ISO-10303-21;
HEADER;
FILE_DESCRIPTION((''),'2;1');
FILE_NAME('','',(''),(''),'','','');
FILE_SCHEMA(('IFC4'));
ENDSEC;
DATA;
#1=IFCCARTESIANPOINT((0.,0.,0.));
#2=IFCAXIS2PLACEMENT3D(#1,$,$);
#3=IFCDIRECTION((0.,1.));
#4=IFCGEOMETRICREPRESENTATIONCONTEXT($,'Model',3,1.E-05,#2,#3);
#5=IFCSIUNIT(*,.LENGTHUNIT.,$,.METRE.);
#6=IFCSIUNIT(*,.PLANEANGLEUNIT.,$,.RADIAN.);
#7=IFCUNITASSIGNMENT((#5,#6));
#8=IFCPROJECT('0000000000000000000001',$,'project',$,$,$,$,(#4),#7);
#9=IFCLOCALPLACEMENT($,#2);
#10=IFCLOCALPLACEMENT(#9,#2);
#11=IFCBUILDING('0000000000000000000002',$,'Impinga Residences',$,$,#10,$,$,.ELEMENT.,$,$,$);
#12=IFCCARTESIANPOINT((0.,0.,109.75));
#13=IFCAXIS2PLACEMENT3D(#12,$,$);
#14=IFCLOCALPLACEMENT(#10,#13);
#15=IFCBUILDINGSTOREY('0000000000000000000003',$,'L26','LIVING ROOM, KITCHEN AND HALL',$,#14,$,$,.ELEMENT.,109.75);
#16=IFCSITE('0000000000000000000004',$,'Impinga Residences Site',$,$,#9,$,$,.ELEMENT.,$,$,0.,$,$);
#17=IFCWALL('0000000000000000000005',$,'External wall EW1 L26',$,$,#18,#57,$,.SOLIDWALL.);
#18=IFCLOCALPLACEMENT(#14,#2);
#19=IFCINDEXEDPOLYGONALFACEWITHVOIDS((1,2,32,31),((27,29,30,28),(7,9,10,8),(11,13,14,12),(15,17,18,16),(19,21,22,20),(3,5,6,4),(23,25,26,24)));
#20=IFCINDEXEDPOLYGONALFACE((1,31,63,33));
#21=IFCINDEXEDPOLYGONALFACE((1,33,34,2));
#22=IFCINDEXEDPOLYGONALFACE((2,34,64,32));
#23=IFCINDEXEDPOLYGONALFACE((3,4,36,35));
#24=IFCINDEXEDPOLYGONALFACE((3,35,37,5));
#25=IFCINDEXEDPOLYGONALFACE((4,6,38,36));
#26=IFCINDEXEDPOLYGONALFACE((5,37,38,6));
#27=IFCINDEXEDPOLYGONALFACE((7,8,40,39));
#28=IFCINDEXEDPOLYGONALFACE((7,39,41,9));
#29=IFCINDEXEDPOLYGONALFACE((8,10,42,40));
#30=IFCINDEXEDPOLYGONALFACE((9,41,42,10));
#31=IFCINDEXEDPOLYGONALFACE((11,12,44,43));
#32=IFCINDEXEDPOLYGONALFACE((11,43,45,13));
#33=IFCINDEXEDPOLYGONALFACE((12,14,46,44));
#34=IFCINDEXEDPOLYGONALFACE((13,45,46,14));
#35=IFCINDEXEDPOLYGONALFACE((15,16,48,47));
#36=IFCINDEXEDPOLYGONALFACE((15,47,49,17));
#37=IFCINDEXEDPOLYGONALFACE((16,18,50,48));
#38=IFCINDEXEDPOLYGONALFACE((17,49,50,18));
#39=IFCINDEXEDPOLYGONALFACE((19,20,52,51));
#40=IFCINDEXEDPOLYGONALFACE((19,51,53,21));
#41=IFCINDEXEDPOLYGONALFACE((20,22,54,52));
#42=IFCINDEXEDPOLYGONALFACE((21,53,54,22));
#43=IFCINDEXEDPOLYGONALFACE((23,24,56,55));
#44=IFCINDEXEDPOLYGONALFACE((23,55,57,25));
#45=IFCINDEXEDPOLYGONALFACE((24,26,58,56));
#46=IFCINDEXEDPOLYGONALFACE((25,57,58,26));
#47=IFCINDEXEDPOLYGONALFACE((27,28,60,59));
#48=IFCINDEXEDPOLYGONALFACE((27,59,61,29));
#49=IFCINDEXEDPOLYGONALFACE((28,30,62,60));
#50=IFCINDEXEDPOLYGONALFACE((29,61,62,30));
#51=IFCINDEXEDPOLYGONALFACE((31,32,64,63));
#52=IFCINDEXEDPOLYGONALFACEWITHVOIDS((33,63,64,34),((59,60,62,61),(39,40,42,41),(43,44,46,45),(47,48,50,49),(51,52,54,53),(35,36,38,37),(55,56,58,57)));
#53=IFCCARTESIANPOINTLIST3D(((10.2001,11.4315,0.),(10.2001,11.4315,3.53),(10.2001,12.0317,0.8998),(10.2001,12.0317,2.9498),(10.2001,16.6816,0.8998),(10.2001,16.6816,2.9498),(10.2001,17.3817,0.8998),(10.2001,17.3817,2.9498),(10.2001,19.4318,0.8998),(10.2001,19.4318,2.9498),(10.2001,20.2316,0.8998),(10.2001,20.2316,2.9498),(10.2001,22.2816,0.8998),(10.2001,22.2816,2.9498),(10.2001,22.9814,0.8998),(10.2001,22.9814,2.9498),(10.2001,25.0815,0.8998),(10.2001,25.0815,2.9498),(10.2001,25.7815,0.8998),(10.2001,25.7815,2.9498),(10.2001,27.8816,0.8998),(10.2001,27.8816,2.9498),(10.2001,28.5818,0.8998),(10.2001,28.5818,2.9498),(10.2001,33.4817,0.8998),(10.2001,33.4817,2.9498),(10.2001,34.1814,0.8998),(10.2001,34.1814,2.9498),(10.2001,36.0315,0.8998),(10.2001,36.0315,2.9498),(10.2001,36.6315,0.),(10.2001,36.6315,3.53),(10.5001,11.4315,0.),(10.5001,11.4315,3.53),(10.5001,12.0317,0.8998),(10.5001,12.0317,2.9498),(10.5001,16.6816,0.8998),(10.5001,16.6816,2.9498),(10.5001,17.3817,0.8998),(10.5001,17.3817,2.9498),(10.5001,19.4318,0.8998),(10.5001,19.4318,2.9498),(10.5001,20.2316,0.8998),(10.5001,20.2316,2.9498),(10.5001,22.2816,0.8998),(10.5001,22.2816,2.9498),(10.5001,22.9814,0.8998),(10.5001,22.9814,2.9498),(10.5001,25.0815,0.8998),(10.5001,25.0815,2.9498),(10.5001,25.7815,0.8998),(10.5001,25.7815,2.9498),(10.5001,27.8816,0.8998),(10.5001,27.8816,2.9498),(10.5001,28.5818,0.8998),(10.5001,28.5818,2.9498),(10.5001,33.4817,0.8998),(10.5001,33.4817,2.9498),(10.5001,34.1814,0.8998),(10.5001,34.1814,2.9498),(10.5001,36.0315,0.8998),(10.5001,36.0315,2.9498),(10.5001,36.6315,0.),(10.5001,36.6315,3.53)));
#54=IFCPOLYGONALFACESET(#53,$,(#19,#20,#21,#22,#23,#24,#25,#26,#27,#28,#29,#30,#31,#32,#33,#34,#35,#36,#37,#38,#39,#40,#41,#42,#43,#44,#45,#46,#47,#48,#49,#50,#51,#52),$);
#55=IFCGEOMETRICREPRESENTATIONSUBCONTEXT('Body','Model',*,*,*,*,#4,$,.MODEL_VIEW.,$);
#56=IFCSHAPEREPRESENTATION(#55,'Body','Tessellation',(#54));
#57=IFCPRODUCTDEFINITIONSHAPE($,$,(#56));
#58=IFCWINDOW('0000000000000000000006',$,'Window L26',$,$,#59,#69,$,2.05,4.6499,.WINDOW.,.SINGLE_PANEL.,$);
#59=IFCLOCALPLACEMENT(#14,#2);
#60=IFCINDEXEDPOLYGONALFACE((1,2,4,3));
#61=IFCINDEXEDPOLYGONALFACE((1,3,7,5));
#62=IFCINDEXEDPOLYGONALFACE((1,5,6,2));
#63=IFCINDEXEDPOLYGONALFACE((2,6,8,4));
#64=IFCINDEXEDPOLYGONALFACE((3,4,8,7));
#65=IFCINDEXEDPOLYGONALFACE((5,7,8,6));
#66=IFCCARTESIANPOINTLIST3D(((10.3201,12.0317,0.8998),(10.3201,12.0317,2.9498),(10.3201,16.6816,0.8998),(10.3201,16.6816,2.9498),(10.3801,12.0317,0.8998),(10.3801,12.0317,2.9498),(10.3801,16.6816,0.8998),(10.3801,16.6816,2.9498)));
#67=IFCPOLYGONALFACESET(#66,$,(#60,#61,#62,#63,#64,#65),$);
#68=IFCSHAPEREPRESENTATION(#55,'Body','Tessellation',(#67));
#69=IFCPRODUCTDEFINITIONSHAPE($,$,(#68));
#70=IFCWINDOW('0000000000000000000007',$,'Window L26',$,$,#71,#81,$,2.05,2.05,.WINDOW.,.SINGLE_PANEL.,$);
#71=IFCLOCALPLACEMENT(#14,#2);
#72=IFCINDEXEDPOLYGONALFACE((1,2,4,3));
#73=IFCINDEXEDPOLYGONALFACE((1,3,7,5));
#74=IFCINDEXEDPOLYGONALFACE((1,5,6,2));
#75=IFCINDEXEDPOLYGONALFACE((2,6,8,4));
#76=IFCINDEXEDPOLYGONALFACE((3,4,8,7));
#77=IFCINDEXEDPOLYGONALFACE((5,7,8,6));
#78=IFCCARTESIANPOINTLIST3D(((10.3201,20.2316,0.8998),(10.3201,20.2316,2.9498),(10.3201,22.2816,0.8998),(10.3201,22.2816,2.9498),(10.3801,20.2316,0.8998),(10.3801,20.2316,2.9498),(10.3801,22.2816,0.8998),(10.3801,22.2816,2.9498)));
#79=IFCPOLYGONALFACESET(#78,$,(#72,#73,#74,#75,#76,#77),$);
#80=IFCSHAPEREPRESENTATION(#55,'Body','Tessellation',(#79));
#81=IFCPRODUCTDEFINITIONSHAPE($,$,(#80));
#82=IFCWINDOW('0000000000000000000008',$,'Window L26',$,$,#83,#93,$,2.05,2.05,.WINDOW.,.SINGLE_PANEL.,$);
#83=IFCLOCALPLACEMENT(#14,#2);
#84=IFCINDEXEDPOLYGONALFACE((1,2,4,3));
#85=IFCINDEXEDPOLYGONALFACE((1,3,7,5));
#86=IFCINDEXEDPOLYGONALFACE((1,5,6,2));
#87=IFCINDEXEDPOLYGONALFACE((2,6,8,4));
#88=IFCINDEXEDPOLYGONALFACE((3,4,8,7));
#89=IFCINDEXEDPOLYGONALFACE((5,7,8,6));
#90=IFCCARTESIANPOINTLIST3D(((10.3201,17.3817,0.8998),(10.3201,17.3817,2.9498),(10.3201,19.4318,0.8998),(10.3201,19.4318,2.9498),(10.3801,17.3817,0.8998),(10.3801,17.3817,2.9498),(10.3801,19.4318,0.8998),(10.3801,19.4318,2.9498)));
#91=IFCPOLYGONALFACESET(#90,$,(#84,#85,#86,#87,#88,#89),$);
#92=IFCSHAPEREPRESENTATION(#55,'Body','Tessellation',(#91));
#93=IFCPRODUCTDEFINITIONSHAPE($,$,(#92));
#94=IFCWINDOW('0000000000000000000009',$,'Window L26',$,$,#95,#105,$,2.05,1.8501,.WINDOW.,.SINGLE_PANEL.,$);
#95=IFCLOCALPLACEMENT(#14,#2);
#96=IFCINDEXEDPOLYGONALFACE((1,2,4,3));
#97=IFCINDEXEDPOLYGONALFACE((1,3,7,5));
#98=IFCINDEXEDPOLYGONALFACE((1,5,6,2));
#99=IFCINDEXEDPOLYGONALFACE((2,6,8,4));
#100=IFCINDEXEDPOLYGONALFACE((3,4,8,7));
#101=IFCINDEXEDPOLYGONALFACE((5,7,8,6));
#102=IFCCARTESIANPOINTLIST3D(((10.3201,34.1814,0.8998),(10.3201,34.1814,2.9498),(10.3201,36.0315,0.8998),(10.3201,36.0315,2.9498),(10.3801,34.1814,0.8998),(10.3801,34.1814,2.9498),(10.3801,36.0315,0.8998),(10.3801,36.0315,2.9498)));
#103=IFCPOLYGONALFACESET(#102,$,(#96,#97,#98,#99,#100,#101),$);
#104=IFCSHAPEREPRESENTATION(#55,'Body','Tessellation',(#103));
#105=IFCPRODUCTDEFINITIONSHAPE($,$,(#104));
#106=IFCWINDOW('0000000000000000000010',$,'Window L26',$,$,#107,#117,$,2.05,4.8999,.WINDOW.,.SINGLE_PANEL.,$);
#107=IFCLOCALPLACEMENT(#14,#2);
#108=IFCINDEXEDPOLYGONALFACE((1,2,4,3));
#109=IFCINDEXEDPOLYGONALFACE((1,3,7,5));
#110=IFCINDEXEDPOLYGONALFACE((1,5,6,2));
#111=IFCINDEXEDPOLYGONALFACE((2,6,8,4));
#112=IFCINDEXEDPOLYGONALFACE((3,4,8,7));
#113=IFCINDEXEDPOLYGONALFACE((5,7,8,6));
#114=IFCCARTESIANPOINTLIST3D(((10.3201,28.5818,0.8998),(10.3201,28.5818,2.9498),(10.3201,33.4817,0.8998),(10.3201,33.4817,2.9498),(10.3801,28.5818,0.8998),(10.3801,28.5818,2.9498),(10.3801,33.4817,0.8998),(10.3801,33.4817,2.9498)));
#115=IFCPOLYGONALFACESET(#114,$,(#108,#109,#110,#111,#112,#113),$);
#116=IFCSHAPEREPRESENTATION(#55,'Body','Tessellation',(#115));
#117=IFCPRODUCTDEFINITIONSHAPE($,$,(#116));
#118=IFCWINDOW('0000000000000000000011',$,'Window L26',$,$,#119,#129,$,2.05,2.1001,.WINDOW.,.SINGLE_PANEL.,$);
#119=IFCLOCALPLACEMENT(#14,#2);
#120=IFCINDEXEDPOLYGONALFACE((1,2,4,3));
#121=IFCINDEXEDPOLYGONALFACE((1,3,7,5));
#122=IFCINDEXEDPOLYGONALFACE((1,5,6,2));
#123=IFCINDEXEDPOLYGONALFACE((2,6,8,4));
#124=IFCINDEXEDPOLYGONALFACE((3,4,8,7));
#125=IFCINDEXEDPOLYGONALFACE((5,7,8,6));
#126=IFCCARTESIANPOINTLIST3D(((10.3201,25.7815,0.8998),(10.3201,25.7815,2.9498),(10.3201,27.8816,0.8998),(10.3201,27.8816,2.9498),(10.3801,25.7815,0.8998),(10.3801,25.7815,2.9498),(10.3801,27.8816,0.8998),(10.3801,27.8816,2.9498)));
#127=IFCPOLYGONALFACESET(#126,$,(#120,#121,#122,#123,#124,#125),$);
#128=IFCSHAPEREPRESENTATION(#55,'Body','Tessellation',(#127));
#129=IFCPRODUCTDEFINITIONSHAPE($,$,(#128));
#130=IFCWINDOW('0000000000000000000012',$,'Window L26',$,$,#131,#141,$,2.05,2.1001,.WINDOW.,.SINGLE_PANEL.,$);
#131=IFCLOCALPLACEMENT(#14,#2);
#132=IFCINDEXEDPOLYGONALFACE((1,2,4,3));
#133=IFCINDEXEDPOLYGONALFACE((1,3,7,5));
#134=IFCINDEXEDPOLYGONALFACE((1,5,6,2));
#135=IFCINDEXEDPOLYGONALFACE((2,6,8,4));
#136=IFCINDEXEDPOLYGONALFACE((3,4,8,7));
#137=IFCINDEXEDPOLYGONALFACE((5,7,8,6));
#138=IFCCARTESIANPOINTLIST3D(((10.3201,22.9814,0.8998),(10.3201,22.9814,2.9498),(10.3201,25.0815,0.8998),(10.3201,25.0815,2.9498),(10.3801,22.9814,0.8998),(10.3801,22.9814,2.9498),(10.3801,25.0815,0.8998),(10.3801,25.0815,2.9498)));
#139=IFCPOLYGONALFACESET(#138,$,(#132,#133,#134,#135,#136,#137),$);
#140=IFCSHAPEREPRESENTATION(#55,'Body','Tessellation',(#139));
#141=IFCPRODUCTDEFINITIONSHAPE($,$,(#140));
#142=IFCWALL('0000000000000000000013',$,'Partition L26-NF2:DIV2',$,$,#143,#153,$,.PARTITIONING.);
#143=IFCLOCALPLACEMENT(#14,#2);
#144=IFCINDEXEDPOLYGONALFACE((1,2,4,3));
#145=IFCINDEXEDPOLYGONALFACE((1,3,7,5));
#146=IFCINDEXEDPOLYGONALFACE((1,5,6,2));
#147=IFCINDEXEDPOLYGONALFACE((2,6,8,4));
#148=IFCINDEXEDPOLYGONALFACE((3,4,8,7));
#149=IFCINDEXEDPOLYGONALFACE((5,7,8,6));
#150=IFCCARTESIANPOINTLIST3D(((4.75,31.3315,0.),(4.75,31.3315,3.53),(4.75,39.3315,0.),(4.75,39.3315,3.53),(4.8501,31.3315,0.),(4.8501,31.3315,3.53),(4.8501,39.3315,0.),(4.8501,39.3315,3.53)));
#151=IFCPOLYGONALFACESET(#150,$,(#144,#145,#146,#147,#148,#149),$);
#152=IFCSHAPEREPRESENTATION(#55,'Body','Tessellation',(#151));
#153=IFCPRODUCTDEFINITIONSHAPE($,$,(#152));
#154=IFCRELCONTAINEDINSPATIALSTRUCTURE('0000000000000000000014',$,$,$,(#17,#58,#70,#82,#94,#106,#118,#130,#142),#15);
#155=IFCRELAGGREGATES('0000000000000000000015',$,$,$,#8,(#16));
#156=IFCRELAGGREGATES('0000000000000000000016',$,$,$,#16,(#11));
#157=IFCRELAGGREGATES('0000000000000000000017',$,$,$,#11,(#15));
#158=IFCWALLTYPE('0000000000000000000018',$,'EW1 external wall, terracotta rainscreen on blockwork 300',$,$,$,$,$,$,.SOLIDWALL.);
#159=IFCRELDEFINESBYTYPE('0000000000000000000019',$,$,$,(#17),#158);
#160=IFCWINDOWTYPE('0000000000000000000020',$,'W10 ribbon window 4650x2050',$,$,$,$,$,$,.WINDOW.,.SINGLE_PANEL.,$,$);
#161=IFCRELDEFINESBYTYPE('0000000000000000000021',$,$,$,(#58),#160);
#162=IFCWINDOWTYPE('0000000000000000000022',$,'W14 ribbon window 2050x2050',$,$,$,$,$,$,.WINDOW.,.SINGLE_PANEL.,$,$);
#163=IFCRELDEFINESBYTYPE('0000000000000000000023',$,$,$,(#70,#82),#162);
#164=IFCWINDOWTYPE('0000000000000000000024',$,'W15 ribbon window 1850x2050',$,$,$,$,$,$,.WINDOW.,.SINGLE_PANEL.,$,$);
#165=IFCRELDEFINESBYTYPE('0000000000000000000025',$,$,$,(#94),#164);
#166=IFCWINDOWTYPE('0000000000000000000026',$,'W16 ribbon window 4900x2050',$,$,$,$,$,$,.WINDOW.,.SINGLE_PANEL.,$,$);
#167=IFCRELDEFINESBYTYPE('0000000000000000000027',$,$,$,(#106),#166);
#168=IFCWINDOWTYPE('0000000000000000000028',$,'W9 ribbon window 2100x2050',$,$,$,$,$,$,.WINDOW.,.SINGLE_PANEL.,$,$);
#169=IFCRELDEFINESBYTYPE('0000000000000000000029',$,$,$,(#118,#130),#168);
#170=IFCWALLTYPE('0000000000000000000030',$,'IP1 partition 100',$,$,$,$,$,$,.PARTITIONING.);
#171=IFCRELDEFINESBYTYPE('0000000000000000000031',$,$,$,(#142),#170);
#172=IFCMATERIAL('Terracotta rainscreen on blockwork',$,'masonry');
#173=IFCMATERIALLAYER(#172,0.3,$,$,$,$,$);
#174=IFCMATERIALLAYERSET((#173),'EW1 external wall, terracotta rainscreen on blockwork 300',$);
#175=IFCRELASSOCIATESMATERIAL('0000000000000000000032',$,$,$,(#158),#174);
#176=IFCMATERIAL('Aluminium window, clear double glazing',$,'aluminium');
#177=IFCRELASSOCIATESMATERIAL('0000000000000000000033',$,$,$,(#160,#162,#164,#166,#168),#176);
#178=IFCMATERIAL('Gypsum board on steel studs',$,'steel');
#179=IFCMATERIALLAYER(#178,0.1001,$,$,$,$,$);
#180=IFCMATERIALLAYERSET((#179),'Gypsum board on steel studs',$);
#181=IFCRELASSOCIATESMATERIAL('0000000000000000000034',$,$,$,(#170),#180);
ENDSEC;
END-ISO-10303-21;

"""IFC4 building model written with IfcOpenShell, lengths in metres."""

from ifc_helpers import new_model, si_unit, direction, frame, frame_2d, origin, place, context, subcontext, project, spatial, rectangle, extrude, material, layer, layer_set, type_object, element, fill, save


model = new_model("IFC4")

# Units and contexts
model_context = context("Model", 3, precision=1e-05, world=origin(), true_north=direction((0.0, 1.0)))
body_context = subcontext(model_context, "Body", "Model", "MODEL_VIEW")
ifc_project = project(units=[si_unit("LENGTHUNIT", "METRE"), si_unit("PLANEANGLEUNIT", "RADIAN")], contexts=[model_context])

# Site, building, storey
site_placement = place(None, origin())
site = spatial("IfcSite", under=ifc_project, at=site_placement, Name="Impinga Residences Site", CompositionType="ELEMENT", RefElevation=0.0)
building_placement = place(site_placement, origin())
building = spatial("IfcBuilding", under=site, at=building_placement, Name="Impinga Residences", CompositionType="ELEMENT")
storey_placement = place(building_placement, frame((0.0, 0.0, 109.75)))
storey = spatial("IfcBuildingStorey", under=building, at=storey_placement, Name="L26", Description="LIVING ROOM, KITCHEN AND HALL", CompositionType="ELEMENT", Elevation=109.75)

# Shared definitions
ifc_material_1 = material(Name="Terracotta rainscreen on blockwork", Category="masonry")
ifc_layer_1 = layer(ifc_material_1, 0.3)
ifc_layer_set_1 = layer_set([ifc_layer_1], Name="EW1 external wall, terracotta rainscreen on blockwork 300")
wall_type_1 = type_object("IfcWallType", Name="EW1 external wall, terracotta rainscreen on blockwork 300", PredefinedType="SOLIDWALL", material=ifc_layer_set_1)

# Wall, openings, windows
wall_1_placement = place(storey_placement, frame((10.3501, 36.6316, 0.0), z_axis=(0.0, 0.0, 1.0), x_axis=(0.0, -1.0, 0.0)))
wall_1 = element("IfcWall", 1, at=wall_1_placement, inside=storey, type_object=wall_type_1, Name="External wall EW1 L26", PredefinedType="SOLIDWALL", context=body_context, shape_type="SweptSolid", body=[
    extrude(rectangle(XDim=25.2, YDim=0.3, at=frame_2d((12.6001, 0.0))), origin(), (0.0, 0.0, 1.0), 3.53),
])
opening_1_placement = place(wall_1_placement, frame((0.6001, 0.0, 0.8999)))
opening_1 = element("IfcOpeningElement", 2, at=opening_1_placement, cuts=wall_1, PredefinedType="OPENING", context=body_context, shape_type="SweptSolid", body=[
    extrude(rectangle(XDim=1.8501, YDim=2.05, at=frame_2d((0.925, 1.0249))), frame((0.0, 0.1599, 0.0), z_axis=(0.0, -1.0, 0.0), x_axis=(1.0, 0.0, 0.0)), (0.0, 0.0, 1.0), 0.3201),
])
opening_2_placement = place(wall_1_placement, frame((3.1499, 0.0, 0.8999)))
opening_2 = element("IfcOpeningElement", 3, at=opening_2_placement, cuts=wall_1, PredefinedType="OPENING", context=body_context, shape_type="SweptSolid", body=[
    extrude(rectangle(XDim=4.8999, YDim=2.05, at=frame_2d((2.45, 1.0249))), frame((0.0, 0.1599, 0.0), z_axis=(0.0, -1.0, 0.0), x_axis=(1.0, 0.0, 0.0)), (0.0, 0.0, 1.0), 0.3201),
])
opening_3_placement = place(wall_1_placement, frame((8.75, 0.0, 0.8999)))
opening_3 = element("IfcOpeningElement", 4, at=opening_3_placement, cuts=wall_1, PredefinedType="OPENING", context=body_context, shape_type="SweptSolid", body=[
    extrude(rectangle(XDim=2.1001, YDim=2.05, at=frame_2d((1.05, 1.0249))), frame((0.0, 0.1599, 0.0), z_axis=(0.0, -1.0, 0.0), x_axis=(1.0, 0.0, 0.0)), (0.0, 0.0, 1.0), 0.3201),
])
opening_4_placement = place(wall_1_placement, frame((11.55, 0.0, 0.8999)))
opening_4 = element("IfcOpeningElement", 5, at=opening_4_placement, cuts=wall_1, PredefinedType="OPENING", context=body_context, shape_type="SweptSolid", body=[
    extrude(rectangle(XDim=2.1001, YDim=2.05, at=frame_2d((1.05, 1.0249))), frame((0.0, 0.1599, 0.0), z_axis=(0.0, -1.0, 0.0), x_axis=(1.0, 0.0, 0.0)), (0.0, 0.0, 1.0), 0.3201),
])
opening_5_placement = place(wall_1_placement, frame((14.3501, 0.0, 0.8999)))
opening_5 = element("IfcOpeningElement", 6, at=opening_5_placement, cuts=wall_1, PredefinedType="OPENING", context=body_context, shape_type="SweptSolid", body=[
    extrude(rectangle(XDim=2.05, YDim=2.05, at=frame_2d((1.0249, 1.0249))), frame((0.0, 0.1599, 0.0), z_axis=(0.0, -1.0, 0.0), x_axis=(1.0, 0.0, 0.0)), (0.0, 0.0, 1.0), 0.3201),
])
opening_6_placement = place(wall_1_placement, frame((17.2, 0.0, 0.8999)))
opening_6 = element("IfcOpeningElement", 7, at=opening_6_placement, cuts=wall_1, PredefinedType="OPENING", context=body_context, shape_type="SweptSolid", body=[
    extrude(rectangle(XDim=2.05, YDim=2.05, at=frame_2d((1.0249, 1.0249))), frame((0.0, 0.1599, 0.0), z_axis=(0.0, -1.0, 0.0), x_axis=(1.0, 0.0, 0.0)), (0.0, 0.0, 1.0), 0.3201),
])
opening_7_placement = place(wall_1_placement, frame((19.95, 0.0, 0.8999)))
opening_7 = element("IfcOpeningElement", 8, at=opening_7_placement, cuts=wall_1, PredefinedType="OPENING", context=body_context, shape_type="SweptSolid", body=[
    extrude(rectangle(XDim=4.6499, YDim=2.05, at=frame_2d((2.325, 1.0249))), frame((0.0, 0.1599, 0.0), z_axis=(0.0, -1.0, 0.0), x_axis=(1.0, 0.0, 0.0)), (0.0, 0.0, 1.0), 0.3201),
])
ifc_material_2 = material(Name="Aluminium window, clear double glazing", Category="aluminium")
window_type_1 = type_object("IfcWindowType", Name="W10 ribbon window 4650x2050", PartitioningType="SINGLE_PANEL", PredefinedType="WINDOW", material=ifc_material_2)
window_1_placement = place(opening_7_placement, origin())
window_1 = element("IfcWindow", 9, at=window_1_placement, inside=storey, type_object=window_type_1, Name="Window L26", OverallHeight=2.05, OverallWidth=4.6499, PartitioningType="SINGLE_PANEL", PredefinedType="WINDOW", context=body_context, shape_type="SweptSolid", body=[
    extrude(rectangle(XDim=4.6499, YDim=2.05, at=frame_2d((2.325, 1.0249))), frame((0.0, 0.03, 0.0), z_axis=(0.0, -1.0, 0.0), x_axis=(1.0, 0.0, 0.0)), (0.0, 0.0, 1.0), 0.0601),
])
fill(opening_7, window_1)
window_type_2 = type_object("IfcWindowType", Name="W14 ribbon window 2050x2050", PartitioningType="SINGLE_PANEL", PredefinedType="WINDOW", material=ifc_material_2)
window_2_placement = place(opening_5_placement, origin())
window_2 = element("IfcWindow", 10, at=window_2_placement, inside=storey, type_object=window_type_2, Name="Window L26", OverallHeight=2.05, OverallWidth=2.05, PartitioningType="SINGLE_PANEL", PredefinedType="WINDOW", context=body_context, shape_type="SweptSolid", body=[
    extrude(rectangle(XDim=2.05, YDim=2.05, at=frame_2d((1.0249, 1.0249))), frame((0.0, 0.03, 0.0), z_axis=(0.0, -1.0, 0.0), x_axis=(1.0, 0.0, 0.0)), (0.0, 0.0, 1.0), 0.0601),
])
fill(opening_5, window_2)
window_3_placement = place(opening_6_placement, origin())
window_3 = element("IfcWindow", 11, at=window_3_placement, inside=storey, type_object=window_type_2, Name="Window L26", OverallHeight=2.05, OverallWidth=2.05, PartitioningType="SINGLE_PANEL", PredefinedType="WINDOW", context=body_context, shape_type="SweptSolid", body=[
    extrude(rectangle(XDim=2.05, YDim=2.05, at=frame_2d((1.0249, 1.0249))), frame((0.0, 0.03, 0.0), z_axis=(0.0, -1.0, 0.0), x_axis=(1.0, 0.0, 0.0)), (0.0, 0.0, 1.0), 0.0601),
])
fill(opening_6, window_3)
window_type_3 = type_object("IfcWindowType", Name="W15 ribbon window 1850x2050", PartitioningType="SINGLE_PANEL", PredefinedType="WINDOW", material=ifc_material_2)
window_4_placement = place(opening_1_placement, origin())
window_4 = element("IfcWindow", 12, at=window_4_placement, inside=storey, type_object=window_type_3, Name="Window L26", OverallHeight=2.05, OverallWidth=1.8501, PartitioningType="SINGLE_PANEL", PredefinedType="WINDOW", context=body_context, shape_type="SweptSolid", body=[
    extrude(rectangle(XDim=1.8501, YDim=2.05, at=frame_2d((0.925, 1.0249))), frame((0.0, 0.03, 0.0), z_axis=(0.0, -1.0, 0.0), x_axis=(1.0, 0.0, 0.0)), (0.0, 0.0, 1.0), 0.0601),
])
fill(opening_1, window_4)
window_type_4 = type_object("IfcWindowType", Name="W16 ribbon window 4900x2050", PartitioningType="SINGLE_PANEL", PredefinedType="WINDOW", material=ifc_material_2)
window_5_placement = place(opening_2_placement, origin())
window_5 = element("IfcWindow", 13, at=window_5_placement, inside=storey, type_object=window_type_4, Name="Window L26", OverallHeight=2.05, OverallWidth=4.8999, PartitioningType="SINGLE_PANEL", PredefinedType="WINDOW", context=body_context, shape_type="SweptSolid", body=[
    extrude(rectangle(XDim=4.8999, YDim=2.05, at=frame_2d((2.45, 1.0249))), frame((0.0, 0.03, 0.0), z_axis=(0.0, -1.0, 0.0), x_axis=(1.0, 0.0, 0.0)), (0.0, 0.0, 1.0), 0.0601),
])
fill(opening_2, window_5)
window_type_5 = type_object("IfcWindowType", Name="W9 ribbon window 2100x2050", PartitioningType="SINGLE_PANEL", PredefinedType="WINDOW", material=ifc_material_2)
window_6_placement = place(opening_3_placement, origin())
window_6 = element("IfcWindow", 14, at=window_6_placement, inside=storey, type_object=window_type_5, Name="Window L26", OverallHeight=2.05, OverallWidth=2.1001, PartitioningType="SINGLE_PANEL", PredefinedType="WINDOW", context=body_context, shape_type="SweptSolid", body=[
    extrude(rectangle(XDim=2.1001, YDim=2.05, at=frame_2d((1.05, 1.0249))), frame((0.0, 0.03, 0.0), z_axis=(0.0, -1.0, 0.0), x_axis=(1.0, 0.0, 0.0)), (0.0, 0.0, 1.0), 0.0601),
])
fill(opening_3, window_6)
window_7_placement = place(opening_4_placement, origin())
window_7 = element("IfcWindow", 15, at=window_7_placement, inside=storey, type_object=window_type_5, Name="Window L26", OverallHeight=2.05, OverallWidth=2.1001, PartitioningType="SINGLE_PANEL", PredefinedType="WINDOW", context=body_context, shape_type="SweptSolid", body=[
    extrude(rectangle(XDim=2.1001, YDim=2.05, at=frame_2d((1.05, 1.0249))), frame((0.0, 0.03, 0.0), z_axis=(0.0, -1.0, 0.0), x_axis=(1.0, 0.0, 0.0)), (0.0, 0.0, 1.0), 0.0601),
])
fill(opening_4, window_7)

# Wall
ifc_material_3 = material(Name="Gypsum board on steel studs", Category="steel")
ifc_layer_2 = layer(ifc_material_3, 0.1001)
ifc_layer_set_2 = layer_set([ifc_layer_2], Name="Gypsum board on steel studs")
wall_type_2 = type_object("IfcWallType", Name="IP1 partition 100", PredefinedType="PARTITIONING", material=ifc_layer_set_2)
wall_2_placement = place(storey_placement, frame((4.8, 31.3315, 0.0), z_axis=(0.0, 0.0, 1.0), x_axis=(0.0, 1.0, 0.0)))
element("IfcWall", 16, at=wall_2_placement, inside=storey, type_object=wall_type_2, Name="Partition L26-NF2:DIV2", PredefinedType="PARTITIONING", context=body_context, shape_type="SweptSolid", body=[
    extrude(rectangle(XDim=8.0, YDim=0.1001, at=frame_2d((4.0, 0.0))), origin(), (0.0, 0.0, 1.0), 3.53),
])

save(model, "model.ifc")
